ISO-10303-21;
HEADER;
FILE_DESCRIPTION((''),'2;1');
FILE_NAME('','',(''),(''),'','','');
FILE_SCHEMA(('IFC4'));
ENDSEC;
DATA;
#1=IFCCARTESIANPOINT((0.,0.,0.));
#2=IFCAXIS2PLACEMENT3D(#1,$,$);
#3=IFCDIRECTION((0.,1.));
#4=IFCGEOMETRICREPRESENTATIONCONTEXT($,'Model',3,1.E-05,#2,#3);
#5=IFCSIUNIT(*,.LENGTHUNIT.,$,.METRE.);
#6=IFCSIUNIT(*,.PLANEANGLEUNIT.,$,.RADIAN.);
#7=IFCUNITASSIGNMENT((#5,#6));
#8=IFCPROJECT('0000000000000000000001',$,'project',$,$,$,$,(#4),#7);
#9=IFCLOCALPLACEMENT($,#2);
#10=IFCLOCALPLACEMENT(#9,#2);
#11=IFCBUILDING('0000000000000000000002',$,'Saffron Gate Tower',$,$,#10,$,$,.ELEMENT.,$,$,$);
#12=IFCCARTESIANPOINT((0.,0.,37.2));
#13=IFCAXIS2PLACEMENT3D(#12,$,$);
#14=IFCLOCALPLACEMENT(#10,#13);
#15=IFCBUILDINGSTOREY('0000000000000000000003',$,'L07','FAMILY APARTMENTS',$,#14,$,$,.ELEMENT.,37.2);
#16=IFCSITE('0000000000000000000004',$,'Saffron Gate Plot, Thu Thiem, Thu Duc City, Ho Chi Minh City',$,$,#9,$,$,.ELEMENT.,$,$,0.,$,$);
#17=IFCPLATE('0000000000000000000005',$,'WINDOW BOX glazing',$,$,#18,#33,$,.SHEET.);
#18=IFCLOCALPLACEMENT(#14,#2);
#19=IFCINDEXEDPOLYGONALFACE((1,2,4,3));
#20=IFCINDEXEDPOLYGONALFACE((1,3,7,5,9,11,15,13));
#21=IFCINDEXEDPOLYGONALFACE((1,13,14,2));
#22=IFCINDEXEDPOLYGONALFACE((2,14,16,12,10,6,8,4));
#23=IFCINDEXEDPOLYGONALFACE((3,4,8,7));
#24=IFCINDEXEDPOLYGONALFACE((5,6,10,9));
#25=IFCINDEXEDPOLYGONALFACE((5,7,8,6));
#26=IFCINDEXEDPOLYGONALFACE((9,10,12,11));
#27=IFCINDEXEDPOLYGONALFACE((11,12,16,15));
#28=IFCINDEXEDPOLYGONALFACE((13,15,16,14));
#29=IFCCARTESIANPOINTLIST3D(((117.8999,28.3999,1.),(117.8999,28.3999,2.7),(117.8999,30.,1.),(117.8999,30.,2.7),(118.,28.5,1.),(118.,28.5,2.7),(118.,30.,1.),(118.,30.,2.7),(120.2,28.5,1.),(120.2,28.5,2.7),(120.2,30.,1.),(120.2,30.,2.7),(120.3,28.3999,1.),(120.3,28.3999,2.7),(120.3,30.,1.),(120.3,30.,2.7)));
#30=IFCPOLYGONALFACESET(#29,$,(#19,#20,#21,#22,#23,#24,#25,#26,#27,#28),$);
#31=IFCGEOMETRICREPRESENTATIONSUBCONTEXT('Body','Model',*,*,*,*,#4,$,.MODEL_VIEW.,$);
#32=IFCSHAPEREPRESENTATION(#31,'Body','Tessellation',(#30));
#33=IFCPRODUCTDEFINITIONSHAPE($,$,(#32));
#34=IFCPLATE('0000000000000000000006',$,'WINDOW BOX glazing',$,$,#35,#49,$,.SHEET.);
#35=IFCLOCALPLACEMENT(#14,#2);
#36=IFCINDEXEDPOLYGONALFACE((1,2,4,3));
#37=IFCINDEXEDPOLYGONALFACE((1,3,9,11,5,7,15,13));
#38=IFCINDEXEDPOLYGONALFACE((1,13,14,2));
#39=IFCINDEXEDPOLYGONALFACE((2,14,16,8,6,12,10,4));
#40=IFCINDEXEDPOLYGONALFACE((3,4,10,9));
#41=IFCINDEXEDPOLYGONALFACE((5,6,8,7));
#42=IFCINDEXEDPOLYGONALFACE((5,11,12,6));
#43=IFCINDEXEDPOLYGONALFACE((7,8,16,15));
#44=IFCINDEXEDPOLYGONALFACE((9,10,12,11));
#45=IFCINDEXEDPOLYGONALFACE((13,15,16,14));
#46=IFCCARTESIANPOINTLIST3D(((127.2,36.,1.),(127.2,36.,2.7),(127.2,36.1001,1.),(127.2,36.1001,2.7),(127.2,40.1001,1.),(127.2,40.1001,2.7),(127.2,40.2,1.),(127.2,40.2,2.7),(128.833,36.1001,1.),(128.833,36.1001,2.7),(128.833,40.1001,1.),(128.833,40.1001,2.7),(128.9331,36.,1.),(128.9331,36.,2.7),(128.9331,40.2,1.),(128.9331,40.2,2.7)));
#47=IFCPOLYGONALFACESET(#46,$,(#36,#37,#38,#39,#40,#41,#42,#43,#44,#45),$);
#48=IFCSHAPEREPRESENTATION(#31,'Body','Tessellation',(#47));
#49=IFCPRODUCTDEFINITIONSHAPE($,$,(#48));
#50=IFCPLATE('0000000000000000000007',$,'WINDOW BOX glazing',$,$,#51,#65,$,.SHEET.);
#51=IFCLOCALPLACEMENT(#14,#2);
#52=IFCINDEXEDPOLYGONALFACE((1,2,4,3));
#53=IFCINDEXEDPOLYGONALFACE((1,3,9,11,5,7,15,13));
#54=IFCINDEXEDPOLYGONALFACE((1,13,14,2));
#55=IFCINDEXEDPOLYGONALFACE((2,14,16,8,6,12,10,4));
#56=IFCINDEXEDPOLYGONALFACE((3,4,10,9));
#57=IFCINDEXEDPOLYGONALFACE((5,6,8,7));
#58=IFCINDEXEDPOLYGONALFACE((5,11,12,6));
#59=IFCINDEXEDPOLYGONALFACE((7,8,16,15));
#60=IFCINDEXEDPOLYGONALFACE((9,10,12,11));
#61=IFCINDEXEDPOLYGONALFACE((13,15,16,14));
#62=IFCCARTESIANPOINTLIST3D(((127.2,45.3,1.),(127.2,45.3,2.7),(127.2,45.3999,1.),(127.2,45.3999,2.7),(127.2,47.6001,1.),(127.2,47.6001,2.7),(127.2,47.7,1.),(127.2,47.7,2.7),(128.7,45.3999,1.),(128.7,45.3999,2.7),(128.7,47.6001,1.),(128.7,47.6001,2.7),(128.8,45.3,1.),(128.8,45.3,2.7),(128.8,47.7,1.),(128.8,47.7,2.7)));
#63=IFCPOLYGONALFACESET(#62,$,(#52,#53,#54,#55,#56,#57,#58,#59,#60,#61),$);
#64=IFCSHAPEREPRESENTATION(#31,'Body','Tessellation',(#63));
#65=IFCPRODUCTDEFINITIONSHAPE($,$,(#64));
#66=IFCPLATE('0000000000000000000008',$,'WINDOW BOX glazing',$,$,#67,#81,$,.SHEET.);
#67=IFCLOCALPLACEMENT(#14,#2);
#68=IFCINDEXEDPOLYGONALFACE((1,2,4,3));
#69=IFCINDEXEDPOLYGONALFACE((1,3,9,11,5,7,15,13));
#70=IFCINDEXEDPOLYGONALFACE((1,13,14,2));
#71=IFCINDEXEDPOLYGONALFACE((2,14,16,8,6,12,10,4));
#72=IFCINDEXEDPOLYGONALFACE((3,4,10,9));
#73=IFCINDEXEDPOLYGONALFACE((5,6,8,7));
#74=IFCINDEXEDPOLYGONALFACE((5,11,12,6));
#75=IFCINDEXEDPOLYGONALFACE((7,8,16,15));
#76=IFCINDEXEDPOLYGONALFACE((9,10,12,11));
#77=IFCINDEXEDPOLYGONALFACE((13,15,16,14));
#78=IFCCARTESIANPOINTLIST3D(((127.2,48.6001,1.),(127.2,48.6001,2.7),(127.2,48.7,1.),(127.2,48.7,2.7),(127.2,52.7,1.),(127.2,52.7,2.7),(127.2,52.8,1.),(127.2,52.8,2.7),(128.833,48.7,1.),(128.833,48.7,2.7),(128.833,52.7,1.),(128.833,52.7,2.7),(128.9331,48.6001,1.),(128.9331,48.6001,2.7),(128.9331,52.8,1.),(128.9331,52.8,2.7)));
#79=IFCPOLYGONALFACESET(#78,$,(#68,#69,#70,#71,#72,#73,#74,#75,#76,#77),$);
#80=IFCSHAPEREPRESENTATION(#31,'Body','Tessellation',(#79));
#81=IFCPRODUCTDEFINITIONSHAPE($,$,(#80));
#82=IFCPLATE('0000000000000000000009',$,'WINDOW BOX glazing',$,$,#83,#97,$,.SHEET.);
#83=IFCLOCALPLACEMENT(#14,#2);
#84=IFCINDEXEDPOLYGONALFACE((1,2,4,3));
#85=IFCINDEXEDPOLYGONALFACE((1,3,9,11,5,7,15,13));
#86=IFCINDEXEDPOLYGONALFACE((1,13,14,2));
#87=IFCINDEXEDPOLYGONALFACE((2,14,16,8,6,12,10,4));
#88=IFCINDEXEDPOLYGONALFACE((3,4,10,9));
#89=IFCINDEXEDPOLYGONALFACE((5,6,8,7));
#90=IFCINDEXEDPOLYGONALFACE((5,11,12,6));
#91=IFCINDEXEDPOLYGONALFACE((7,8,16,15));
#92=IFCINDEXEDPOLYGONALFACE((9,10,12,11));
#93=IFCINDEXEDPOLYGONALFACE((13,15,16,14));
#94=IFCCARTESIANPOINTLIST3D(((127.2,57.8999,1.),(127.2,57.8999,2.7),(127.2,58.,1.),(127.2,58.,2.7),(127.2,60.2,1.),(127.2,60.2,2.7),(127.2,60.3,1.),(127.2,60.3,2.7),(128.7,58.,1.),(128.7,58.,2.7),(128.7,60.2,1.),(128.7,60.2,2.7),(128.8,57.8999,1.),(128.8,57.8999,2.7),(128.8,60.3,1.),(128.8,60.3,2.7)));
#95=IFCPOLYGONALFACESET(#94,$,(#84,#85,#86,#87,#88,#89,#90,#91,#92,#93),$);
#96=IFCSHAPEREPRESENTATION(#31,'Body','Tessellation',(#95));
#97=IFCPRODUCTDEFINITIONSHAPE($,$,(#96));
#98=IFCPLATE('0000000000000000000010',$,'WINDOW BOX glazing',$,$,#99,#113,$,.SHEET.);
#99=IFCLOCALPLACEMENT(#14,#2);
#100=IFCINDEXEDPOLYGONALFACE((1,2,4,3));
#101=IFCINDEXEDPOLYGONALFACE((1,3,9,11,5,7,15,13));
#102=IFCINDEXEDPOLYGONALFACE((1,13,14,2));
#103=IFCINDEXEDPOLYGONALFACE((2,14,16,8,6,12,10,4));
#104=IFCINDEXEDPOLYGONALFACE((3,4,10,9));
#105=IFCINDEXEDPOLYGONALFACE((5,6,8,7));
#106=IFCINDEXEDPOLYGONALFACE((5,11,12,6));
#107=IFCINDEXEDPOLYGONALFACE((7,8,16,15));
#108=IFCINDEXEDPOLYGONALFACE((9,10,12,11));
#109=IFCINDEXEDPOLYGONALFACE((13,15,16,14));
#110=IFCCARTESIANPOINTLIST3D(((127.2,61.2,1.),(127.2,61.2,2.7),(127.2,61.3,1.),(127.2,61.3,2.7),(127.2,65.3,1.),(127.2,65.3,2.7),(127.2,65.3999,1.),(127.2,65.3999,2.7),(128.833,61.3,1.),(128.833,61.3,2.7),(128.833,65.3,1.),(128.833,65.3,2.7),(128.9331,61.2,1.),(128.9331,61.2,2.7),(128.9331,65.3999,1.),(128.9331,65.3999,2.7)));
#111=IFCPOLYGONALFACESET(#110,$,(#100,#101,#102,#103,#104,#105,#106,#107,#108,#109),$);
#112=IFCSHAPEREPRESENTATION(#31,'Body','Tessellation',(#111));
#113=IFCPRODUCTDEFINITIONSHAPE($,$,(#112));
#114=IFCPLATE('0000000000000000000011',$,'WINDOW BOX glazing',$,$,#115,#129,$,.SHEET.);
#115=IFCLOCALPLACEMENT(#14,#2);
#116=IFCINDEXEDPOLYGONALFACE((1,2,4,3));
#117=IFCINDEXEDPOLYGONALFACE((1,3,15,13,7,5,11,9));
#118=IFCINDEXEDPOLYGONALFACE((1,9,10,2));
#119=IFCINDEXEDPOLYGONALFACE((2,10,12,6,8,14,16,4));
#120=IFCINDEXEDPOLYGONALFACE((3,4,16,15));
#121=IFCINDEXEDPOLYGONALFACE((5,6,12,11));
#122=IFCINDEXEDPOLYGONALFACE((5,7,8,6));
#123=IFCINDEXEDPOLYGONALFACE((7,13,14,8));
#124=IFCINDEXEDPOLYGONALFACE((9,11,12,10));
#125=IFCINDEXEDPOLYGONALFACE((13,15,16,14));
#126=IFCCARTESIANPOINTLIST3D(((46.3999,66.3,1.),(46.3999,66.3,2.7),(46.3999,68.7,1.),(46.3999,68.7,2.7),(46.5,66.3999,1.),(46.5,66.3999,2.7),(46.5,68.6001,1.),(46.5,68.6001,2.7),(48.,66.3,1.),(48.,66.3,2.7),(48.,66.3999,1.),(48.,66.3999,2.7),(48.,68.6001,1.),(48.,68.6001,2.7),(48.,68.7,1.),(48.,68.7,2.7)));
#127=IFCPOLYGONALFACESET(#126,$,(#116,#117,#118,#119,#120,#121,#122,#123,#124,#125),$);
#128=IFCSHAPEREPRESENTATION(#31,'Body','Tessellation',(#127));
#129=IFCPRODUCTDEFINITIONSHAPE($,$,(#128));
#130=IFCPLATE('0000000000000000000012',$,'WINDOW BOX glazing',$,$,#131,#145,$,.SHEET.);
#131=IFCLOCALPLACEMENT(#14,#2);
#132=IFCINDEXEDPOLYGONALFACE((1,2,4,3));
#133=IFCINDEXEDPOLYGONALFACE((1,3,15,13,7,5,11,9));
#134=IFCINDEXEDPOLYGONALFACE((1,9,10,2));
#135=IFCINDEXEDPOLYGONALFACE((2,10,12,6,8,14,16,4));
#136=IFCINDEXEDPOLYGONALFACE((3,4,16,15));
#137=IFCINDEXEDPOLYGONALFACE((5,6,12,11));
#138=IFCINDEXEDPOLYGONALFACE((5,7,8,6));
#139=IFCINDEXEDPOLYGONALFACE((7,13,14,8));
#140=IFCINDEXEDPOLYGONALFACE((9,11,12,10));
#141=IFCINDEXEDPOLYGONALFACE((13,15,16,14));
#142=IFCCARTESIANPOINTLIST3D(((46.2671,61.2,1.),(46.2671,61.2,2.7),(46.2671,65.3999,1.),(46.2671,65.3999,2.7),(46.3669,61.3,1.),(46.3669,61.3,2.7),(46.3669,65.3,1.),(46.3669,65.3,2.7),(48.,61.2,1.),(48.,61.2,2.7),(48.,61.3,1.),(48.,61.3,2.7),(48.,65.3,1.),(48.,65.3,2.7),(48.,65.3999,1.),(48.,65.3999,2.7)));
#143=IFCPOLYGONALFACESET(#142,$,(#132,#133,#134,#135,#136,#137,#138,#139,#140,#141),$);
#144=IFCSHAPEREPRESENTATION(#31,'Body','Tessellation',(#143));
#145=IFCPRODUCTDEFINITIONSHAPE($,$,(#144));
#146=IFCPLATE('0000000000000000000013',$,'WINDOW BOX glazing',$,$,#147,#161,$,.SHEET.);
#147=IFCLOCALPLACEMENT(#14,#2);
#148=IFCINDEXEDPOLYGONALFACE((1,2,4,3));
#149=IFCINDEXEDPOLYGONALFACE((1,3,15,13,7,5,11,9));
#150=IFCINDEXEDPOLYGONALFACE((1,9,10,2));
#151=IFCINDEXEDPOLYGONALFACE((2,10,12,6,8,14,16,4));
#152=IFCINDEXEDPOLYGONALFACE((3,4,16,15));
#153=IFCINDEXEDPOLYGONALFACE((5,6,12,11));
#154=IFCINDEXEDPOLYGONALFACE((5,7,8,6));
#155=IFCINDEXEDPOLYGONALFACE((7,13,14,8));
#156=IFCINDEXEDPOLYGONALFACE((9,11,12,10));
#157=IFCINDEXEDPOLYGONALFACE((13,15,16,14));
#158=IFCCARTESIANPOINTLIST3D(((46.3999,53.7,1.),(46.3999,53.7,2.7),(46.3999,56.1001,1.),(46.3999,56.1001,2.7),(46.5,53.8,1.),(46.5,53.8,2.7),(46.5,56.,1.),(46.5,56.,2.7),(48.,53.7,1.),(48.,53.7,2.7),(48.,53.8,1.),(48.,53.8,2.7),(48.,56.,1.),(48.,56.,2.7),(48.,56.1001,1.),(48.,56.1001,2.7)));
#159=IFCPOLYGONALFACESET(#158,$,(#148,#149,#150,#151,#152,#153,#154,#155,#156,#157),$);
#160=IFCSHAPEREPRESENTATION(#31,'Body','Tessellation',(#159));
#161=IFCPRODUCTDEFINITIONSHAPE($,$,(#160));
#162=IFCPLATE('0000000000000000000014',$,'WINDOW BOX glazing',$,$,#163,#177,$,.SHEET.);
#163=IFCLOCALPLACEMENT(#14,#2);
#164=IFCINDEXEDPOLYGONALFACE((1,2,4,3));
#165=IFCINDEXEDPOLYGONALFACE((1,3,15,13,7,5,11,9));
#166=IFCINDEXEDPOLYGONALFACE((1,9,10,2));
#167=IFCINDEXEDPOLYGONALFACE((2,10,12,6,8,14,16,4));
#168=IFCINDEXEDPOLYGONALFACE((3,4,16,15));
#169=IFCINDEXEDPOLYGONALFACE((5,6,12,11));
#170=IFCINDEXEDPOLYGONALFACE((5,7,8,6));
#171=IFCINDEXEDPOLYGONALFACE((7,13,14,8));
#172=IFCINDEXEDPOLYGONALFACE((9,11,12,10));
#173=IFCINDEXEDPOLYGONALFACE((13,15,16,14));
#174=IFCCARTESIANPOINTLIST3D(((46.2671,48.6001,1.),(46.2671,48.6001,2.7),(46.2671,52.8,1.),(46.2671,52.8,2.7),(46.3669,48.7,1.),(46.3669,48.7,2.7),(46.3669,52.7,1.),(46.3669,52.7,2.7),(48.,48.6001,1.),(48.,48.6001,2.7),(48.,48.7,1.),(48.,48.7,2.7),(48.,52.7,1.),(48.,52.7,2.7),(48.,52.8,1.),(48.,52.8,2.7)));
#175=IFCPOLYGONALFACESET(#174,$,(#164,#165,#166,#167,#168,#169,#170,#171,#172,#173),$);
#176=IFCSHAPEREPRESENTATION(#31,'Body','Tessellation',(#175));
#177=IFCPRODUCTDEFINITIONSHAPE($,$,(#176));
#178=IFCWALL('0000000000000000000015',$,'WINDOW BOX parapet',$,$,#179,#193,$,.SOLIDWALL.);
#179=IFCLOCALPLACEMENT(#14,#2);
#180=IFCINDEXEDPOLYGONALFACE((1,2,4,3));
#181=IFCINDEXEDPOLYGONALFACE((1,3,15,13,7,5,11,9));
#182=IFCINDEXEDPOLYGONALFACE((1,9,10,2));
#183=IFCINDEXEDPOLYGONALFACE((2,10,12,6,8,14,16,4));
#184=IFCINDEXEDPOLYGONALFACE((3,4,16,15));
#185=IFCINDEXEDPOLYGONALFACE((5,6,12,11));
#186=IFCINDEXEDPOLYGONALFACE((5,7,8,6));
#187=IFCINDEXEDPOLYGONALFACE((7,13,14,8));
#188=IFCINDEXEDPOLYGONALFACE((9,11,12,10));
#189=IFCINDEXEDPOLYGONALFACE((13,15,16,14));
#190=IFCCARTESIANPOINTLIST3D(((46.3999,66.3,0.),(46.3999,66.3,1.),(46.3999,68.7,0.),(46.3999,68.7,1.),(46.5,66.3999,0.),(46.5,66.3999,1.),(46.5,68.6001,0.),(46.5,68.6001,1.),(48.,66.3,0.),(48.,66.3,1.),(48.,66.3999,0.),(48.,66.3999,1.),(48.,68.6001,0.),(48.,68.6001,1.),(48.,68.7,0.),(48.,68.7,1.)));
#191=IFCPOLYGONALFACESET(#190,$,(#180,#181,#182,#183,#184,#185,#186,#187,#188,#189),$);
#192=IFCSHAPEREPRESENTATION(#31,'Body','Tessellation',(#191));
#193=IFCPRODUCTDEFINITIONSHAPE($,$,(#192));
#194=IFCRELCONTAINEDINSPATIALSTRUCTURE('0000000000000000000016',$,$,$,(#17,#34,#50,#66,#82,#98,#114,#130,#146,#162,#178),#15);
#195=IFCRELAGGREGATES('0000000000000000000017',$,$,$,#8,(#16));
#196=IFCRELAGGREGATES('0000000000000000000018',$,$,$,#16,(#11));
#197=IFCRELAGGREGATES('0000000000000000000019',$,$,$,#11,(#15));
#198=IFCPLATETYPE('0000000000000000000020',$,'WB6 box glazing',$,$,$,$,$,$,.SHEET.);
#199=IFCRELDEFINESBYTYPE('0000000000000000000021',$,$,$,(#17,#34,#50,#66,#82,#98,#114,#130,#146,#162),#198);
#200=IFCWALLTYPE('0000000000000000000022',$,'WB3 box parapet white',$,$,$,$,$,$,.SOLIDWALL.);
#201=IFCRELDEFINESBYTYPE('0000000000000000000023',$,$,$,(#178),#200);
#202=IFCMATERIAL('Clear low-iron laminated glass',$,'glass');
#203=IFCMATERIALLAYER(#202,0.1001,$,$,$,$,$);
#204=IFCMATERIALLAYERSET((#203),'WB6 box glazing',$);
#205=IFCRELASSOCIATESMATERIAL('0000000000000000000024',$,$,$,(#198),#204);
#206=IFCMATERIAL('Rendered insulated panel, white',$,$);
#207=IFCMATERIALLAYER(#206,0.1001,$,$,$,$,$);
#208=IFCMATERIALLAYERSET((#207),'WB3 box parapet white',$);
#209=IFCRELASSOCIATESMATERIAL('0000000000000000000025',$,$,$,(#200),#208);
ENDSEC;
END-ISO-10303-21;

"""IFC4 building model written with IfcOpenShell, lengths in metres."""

from ifc_helpers import new_model, si_unit, direction, frame, origin, place, context, subcontext, project, spatial, polyline, outline, extrude, material, layer, layer_set, type_object, element, save


model = new_model("IFC4")

# Units and contexts
model_context = context("Model", 3, precision=1e-05, world=origin(), true_north=direction((0.0, 1.0)))
body_context = subcontext(model_context, "Body", "Model", "MODEL_VIEW")
ifc_project = project(units=[si_unit("LENGTHUNIT", "METRE"), si_unit("PLANEANGLEUNIT", "RADIAN")], contexts=[model_context])

# Site, building, storey
site_placement = place(None, origin())
site = spatial("IfcSite", under=ifc_project, at=site_placement, Name="Saffron Gate Plot, Thu Thiem, Thu Duc City, Ho Chi Minh City", CompositionType="ELEMENT", RefElevation=0.0)
building_placement = place(site_placement, origin())
building = spatial("IfcBuilding", under=site, at=building_placement, Name="Saffron Gate Tower", CompositionType="ELEMENT")
storey_placement = place(building_placement, frame((0.0, 0.0, 37.2)))
storey = spatial("IfcBuildingStorey", under=building, at=storey_placement, Name="L07", Description="FAMILY APARTMENTS", CompositionType="ELEMENT", Elevation=37.2)

# Plates
ifc_material_1 = material(Name="Clear low-iron laminated glass", Category="glass")
ifc_layer_1 = layer(ifc_material_1, 0.1001)
ifc_layer_set_1 = layer_set([ifc_layer_1], Name="WB6 box glazing")
plate_type_1 = type_object("IfcPlateType", Name="WB6 box glazing", PredefinedType="SHEET", material=ifc_layer_set_1)
plate_1_placement = place(storey_placement, frame((0.0, 0.0, 1.0)))
element("IfcPlate", 1, at=plate_1_placement, inside=storey, type_object=plate_type_1, Name="WINDOW BOX glazing", PredefinedType="SHEET", context=body_context, shape_type="SweptSolid", body=[
    extrude(outline(polyline([(117.8999, 30.0), (118.0, 30.0), (118.0, 28.5), (120.2, 28.5), (120.2, 30.0), (120.3, 30.0), (120.3, 28.3999), (117.8999, 28.3999), (117.8999, 30.0)])), origin(), (0.0, 0.0, 1.0), 1.7),
])
plate_2_placement = place(storey_placement, frame((0.0, 0.0, 1.0)))
element("IfcPlate", 2, at=plate_2_placement, inside=storey, type_object=plate_type_1, Name="WINDOW BOX glazing", PredefinedType="SHEET", context=body_context, shape_type="SweptSolid", body=[
    extrude(outline(polyline([(127.2, 36.0), (127.2, 36.1001), (128.833, 36.1001), (128.833, 40.1001), (127.2, 40.1001), (127.2, 40.2), (128.9331, 40.2), (128.9331, 36.0), (127.2, 36.0)])), origin(), (0.0, 0.0, 1.0), 1.7),
])
plate_3_placement = place(storey_placement, frame((0.0, 0.0, 1.0)))
element("IfcPlate", 3, at=plate_3_placement, inside=storey, type_object=plate_type_1, Name="WINDOW BOX glazing", PredefinedType="SHEET", context=body_context, shape_type="SweptSolid", body=[
    extrude(outline(polyline([(127.2, 45.3), (127.2, 45.3999), (128.7, 45.3999), (128.7, 47.6001), (127.2, 47.6001), (127.2, 47.7), (128.8, 47.7), (128.8, 45.3), (127.2, 45.3)])), origin(), (0.0, 0.0, 1.0), 1.7),
])
plate_4_placement = place(storey_placement, frame((0.0, 0.0, 1.0)))
element("IfcPlate", 4, at=plate_4_placement, inside=storey, type_object=plate_type_1, Name="WINDOW BOX glazing", PredefinedType="SHEET", context=body_context, shape_type="SweptSolid", body=[
    extrude(outline(polyline([(127.2, 48.6001), (127.2, 48.7), (128.833, 48.7), (128.833, 52.7), (127.2, 52.7), (127.2, 52.8), (128.9331, 52.8), (128.9331, 48.6001), (127.2, 48.6001)])), origin(), (0.0, 0.0, 1.0), 1.7),
])
plate_5_placement = place(storey_placement, frame((0.0, 0.0, 1.0)))
element("IfcPlate", 5, at=plate_5_placement, inside=storey, type_object=plate_type_1, Name="WINDOW BOX glazing", PredefinedType="SHEET", context=body_context, shape_type="SweptSolid", body=[
    extrude(outline(polyline([(127.2, 57.8999), (127.2, 58.0), (128.7, 58.0), (128.7, 60.2), (127.2, 60.2), (127.2, 60.3), (128.8, 60.3), (128.8, 57.8999), (127.2, 57.8999)])), origin(), (0.0, 0.0, 1.0), 1.7),
])
plate_6_placement = place(storey_placement, frame((0.0, 0.0, 1.0)))
element("IfcPlate", 6, at=plate_6_placement, inside=storey, type_object=plate_type_1, Name="WINDOW BOX glazing", PredefinedType="SHEET", context=body_context, shape_type="SweptSolid", body=[
    extrude(outline(polyline([(127.2, 61.2), (127.2, 61.3), (128.833, 61.3), (128.833, 65.3), (127.2, 65.3), (127.2, 65.3999), (128.9331, 65.3999), (128.9331, 61.2), (127.2, 61.2)])), origin(), (0.0, 0.0, 1.0), 1.7),
])
plate_7_placement = place(storey_placement, frame((0.0, 0.0, 1.0)))
element("IfcPlate", 7, at=plate_7_placement, inside=storey, type_object=plate_type_1, Name="WINDOW BOX glazing", PredefinedType="SHEET", context=body_context, shape_type="SweptSolid", body=[
    extrude(outline(polyline([(48.0, 68.7), (48.0, 68.6001), (46.5, 68.6001), (46.5, 66.3999), (48.0, 66.3999), (48.0, 66.3), (46.3999, 66.3), (46.3999, 68.7), (48.0, 68.7)])), origin(), (0.0, 0.0, 1.0), 1.7),
])
plate_8_placement = place(storey_placement, frame((0.0, 0.0, 1.0)))
element("IfcPlate", 8, at=plate_8_placement, inside=storey, type_object=plate_type_1, Name="WINDOW BOX glazing", PredefinedType="SHEET", context=body_context, shape_type="SweptSolid", body=[
    extrude(outline(polyline([(48.0, 65.3999), (48.0, 65.3), (46.3669, 65.3), (46.3669, 61.3), (48.0, 61.3), (48.0, 61.2), (46.2671, 61.2), (46.2671, 65.3999), (48.0, 65.3999)])), origin(), (0.0, 0.0, 1.0), 1.7),
])
plate_9_placement = place(storey_placement, frame((0.0, 0.0, 1.0)))
element("IfcPlate", 9, at=plate_9_placement, inside=storey, type_object=plate_type_1, Name="WINDOW BOX glazing", PredefinedType="SHEET", context=body_context, shape_type="SweptSolid", body=[
    extrude(outline(polyline([(48.0, 56.1001), (48.0, 56.0), (46.5, 56.0), (46.5, 53.8), (48.0, 53.8), (48.0, 53.7), (46.3999, 53.7), (46.3999, 56.1001), (48.0, 56.1001)])), origin(), (0.0, 0.0, 1.0), 1.7),
])
plate_10_placement = place(storey_placement, frame((0.0, 0.0, 1.0)))
element("IfcPlate", 10, at=plate_10_placement, inside=storey, type_object=plate_type_1, Name="WINDOW BOX glazing", PredefinedType="SHEET", context=body_context, shape_type="SweptSolid", body=[
    extrude(outline(polyline([(48.0, 52.8), (48.0, 52.7), (46.3669, 52.7), (46.3669, 48.7), (48.0, 48.7), (48.0, 48.6001), (46.2671, 48.6001), (46.2671, 52.8), (48.0, 52.8)])), origin(), (0.0, 0.0, 1.0), 1.7),
])

# Wall
ifc_material_2 = material(Name="Rendered insulated panel, white")
ifc_layer_2 = layer(ifc_material_2, 0.1001)
ifc_layer_set_2 = layer_set([ifc_layer_2], Name="WB3 box parapet white")
wall_type = type_object("IfcWallType", Name="WB3 box parapet white", PredefinedType="SOLIDWALL", material=ifc_layer_set_2)
wall_1_placement = place(storey_placement, origin())
element("IfcWall", 11, at=wall_1_placement, inside=storey, type_object=wall_type, Name="WINDOW BOX parapet", PredefinedType="SOLIDWALL", context=body_context, shape_type="SweptSolid", body=[
    extrude(outline(polyline([(48.0, 68.7), (48.0, 68.6001), (46.5, 68.6001), (46.5, 66.3999), (48.0, 66.3999), (48.0, 66.3), (46.3999, 66.3), (46.3999, 68.7), (48.0, 68.7)])), origin(), (0.0, 0.0, 1.0), 1.0),
])

save(model, "model.ifc")
